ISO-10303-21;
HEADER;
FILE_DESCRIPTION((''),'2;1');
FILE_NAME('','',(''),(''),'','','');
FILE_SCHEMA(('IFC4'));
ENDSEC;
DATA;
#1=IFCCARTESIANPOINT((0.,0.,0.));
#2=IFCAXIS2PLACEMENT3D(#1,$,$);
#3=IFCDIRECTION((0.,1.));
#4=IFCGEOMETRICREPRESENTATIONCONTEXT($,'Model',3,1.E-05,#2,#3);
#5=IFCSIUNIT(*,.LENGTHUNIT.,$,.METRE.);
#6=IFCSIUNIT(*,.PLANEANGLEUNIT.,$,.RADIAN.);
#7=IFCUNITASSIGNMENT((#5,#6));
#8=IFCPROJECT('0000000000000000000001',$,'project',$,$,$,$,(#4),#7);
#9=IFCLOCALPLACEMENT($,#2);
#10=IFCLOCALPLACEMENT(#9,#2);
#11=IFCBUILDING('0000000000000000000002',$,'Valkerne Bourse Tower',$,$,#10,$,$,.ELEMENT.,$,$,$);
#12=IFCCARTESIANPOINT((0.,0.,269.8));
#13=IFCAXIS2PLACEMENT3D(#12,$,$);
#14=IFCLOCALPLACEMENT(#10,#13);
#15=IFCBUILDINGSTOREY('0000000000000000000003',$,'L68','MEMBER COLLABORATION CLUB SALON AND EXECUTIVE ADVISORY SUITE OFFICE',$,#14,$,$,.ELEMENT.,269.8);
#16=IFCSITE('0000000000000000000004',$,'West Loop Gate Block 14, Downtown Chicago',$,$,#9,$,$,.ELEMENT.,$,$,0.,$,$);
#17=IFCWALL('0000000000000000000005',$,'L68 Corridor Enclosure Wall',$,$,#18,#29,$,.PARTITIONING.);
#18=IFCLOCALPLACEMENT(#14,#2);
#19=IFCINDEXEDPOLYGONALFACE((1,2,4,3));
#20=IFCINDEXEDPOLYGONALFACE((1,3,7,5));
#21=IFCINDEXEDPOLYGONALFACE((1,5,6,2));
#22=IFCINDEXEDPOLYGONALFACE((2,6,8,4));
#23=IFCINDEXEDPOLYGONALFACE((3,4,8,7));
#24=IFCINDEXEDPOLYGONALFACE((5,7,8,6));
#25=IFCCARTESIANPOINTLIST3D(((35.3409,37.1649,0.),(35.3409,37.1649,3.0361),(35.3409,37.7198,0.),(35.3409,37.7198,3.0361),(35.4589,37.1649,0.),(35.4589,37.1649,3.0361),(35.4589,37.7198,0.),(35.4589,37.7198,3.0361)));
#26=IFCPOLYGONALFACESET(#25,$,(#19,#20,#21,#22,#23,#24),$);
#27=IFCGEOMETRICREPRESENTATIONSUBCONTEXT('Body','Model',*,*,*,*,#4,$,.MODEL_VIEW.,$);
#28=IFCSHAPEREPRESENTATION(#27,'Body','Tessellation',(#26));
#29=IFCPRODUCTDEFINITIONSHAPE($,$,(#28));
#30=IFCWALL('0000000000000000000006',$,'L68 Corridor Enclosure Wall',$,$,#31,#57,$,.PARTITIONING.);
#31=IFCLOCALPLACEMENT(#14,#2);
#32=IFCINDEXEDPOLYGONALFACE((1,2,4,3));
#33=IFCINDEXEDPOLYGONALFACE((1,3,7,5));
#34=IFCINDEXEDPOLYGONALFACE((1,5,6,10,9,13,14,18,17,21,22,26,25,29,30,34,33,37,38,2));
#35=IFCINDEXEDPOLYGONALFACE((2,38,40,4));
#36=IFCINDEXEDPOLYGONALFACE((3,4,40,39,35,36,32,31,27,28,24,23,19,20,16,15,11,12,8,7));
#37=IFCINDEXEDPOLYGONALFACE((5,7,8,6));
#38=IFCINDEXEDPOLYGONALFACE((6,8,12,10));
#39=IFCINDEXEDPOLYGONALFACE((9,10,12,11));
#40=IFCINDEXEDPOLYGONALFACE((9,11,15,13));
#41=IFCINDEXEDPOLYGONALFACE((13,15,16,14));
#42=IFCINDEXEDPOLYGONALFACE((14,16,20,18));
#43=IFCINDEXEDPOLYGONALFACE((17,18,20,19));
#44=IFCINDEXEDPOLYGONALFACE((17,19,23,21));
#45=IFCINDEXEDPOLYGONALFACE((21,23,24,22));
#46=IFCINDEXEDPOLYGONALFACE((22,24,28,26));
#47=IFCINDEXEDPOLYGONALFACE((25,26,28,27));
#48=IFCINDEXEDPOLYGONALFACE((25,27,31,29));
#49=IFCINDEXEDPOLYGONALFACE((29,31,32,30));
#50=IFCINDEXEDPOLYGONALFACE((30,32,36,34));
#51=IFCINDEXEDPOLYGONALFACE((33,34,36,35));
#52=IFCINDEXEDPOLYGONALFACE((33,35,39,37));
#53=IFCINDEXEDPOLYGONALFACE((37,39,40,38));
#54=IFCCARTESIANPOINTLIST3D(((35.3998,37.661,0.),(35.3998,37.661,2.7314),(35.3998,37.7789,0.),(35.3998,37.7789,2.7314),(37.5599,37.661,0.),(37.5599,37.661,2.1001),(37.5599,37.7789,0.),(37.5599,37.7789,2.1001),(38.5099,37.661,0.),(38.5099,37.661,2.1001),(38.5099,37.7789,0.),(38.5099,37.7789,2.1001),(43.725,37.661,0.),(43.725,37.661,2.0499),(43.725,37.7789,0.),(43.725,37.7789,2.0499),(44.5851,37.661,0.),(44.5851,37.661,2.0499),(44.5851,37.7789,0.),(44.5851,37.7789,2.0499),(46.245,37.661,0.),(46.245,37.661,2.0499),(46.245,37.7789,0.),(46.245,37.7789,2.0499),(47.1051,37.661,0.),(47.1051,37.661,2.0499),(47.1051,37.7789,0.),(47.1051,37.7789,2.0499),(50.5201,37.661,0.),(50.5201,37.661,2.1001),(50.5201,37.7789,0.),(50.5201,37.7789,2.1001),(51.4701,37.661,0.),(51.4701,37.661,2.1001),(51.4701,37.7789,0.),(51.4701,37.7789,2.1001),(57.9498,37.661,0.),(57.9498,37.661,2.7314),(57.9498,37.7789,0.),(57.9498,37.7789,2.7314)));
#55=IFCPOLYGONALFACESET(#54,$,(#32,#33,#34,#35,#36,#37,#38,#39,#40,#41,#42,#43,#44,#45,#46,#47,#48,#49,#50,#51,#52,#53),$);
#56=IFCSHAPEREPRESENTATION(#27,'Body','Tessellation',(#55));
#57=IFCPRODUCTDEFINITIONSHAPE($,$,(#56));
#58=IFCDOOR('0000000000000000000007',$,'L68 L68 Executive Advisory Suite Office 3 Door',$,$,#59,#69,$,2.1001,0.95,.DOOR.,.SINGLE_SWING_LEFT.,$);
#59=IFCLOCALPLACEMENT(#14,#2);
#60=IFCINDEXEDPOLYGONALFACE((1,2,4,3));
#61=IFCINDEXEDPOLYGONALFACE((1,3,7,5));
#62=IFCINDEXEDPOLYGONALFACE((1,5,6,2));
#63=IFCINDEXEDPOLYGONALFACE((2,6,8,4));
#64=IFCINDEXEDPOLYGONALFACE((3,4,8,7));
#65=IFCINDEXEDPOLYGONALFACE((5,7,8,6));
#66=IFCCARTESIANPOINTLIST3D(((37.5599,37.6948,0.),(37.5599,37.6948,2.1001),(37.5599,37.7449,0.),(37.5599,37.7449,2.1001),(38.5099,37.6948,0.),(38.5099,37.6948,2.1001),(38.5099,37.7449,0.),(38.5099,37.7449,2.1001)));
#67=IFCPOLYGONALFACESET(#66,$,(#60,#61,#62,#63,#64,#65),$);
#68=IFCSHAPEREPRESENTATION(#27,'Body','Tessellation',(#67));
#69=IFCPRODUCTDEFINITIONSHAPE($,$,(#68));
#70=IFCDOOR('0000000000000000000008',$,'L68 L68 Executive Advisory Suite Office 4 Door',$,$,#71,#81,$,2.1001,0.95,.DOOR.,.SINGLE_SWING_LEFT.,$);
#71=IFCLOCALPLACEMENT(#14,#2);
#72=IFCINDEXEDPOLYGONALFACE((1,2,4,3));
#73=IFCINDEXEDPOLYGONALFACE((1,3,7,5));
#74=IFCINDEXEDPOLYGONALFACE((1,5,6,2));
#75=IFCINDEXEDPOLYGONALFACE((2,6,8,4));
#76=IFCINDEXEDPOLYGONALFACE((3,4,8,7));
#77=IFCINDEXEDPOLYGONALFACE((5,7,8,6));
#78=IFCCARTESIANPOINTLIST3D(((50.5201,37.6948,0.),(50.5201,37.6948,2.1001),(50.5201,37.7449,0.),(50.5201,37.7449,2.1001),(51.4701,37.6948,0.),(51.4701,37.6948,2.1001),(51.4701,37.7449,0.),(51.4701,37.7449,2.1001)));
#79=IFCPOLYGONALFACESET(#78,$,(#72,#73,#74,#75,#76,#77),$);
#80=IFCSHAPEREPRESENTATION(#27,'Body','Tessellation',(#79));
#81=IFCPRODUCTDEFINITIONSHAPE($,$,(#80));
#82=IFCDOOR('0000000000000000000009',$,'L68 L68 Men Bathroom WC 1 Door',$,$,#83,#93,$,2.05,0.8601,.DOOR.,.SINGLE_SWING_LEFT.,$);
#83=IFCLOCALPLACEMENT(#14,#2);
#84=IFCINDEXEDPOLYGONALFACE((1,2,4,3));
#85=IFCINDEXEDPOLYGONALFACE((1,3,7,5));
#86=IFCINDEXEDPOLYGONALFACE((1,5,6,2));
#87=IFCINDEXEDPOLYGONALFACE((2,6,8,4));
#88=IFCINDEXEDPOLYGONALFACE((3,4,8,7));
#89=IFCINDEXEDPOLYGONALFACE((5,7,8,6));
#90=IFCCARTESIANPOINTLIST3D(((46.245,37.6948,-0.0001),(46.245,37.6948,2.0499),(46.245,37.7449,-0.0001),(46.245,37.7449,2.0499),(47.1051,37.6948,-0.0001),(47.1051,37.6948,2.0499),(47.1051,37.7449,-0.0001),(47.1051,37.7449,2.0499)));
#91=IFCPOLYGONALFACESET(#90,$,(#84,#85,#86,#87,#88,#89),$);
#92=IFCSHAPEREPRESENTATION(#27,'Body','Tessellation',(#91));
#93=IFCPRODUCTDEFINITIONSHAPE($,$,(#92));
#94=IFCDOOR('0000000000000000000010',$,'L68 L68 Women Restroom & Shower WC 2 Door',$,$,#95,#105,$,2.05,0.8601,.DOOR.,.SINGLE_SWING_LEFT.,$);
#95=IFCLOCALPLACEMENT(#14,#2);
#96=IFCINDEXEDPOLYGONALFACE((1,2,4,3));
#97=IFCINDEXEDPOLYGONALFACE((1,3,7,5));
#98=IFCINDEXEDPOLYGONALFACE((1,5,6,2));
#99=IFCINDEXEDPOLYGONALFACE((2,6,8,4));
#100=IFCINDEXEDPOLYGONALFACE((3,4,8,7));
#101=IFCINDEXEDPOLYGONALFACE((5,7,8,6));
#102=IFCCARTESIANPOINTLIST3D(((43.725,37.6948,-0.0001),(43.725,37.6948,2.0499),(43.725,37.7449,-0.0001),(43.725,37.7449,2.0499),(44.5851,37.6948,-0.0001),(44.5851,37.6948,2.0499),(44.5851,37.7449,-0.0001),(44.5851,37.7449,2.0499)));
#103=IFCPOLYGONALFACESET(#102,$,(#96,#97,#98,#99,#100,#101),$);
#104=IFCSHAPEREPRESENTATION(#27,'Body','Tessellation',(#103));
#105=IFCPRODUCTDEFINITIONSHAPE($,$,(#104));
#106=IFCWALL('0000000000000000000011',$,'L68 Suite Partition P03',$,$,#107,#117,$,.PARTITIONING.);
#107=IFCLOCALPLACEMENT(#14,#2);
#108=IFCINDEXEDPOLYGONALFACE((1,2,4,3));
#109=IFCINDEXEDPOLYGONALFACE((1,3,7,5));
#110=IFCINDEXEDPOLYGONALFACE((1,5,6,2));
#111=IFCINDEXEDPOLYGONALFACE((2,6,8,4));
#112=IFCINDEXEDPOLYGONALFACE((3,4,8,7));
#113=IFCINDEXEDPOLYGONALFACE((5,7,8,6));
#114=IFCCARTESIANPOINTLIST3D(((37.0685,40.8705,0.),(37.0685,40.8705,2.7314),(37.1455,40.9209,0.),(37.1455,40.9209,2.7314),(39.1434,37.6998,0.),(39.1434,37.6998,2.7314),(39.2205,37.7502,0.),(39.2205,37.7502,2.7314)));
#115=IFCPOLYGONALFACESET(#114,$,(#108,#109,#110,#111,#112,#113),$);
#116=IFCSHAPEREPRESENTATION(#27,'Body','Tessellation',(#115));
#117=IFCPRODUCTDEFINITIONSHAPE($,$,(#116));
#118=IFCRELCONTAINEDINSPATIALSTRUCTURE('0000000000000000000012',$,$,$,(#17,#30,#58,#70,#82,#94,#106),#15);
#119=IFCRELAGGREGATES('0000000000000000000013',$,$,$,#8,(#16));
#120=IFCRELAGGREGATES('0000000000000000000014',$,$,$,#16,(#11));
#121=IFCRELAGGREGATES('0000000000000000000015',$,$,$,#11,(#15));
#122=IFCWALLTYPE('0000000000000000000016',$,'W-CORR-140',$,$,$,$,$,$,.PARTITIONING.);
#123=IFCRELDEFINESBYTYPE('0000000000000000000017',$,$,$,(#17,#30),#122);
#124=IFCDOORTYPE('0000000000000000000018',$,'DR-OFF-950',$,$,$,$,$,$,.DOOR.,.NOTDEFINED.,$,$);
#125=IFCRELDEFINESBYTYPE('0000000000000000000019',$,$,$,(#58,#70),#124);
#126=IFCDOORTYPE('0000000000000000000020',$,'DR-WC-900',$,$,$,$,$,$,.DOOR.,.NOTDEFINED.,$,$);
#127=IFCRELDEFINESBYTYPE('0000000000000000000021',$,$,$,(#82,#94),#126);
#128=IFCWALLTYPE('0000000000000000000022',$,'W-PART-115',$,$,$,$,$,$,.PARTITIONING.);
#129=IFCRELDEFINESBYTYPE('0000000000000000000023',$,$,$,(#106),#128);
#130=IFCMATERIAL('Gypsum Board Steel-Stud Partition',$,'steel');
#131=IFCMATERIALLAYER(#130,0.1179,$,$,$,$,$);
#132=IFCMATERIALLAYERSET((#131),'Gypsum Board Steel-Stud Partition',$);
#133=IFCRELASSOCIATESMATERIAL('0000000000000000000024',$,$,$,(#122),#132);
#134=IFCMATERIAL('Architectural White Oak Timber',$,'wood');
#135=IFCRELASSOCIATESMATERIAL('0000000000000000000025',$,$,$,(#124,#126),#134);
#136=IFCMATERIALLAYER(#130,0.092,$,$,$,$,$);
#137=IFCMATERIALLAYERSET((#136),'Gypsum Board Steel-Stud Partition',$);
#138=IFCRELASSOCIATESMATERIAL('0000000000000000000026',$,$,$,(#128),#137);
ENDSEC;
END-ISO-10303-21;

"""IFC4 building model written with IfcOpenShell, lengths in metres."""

from ifc_helpers import new_model, si_unit, direction, frame, frame_2d, origin, place, context, subcontext, project, spatial, rectangle, extrude, material, layer, layer_set, type_object, element, fill, save


model = new_model("IFC4")

# Units and contexts
model_context = context("Model", 3, precision=1e-05, world=origin(), true_north=direction((0.0, 1.0)))
body_context = subcontext(model_context, "Body", "Model", "MODEL_VIEW")
ifc_project = project(units=[si_unit("LENGTHUNIT", "METRE"), si_unit("PLANEANGLEUNIT", "RADIAN")], contexts=[model_context])

# Site, building, storey
site_placement = place(None, origin())
site = spatial("IfcSite", under=ifc_project, at=site_placement, Name="West Loop Gate Block 14, Downtown Chicago", CompositionType="ELEMENT", RefElevation=0.0)
building_placement = place(site_placement, origin())
building = spatial("IfcBuilding", under=site, at=building_placement, Name="Valkerne Bourse Tower", CompositionType="ELEMENT")
storey_placement = place(building_placement, frame((0.0, 0.0, 269.8)))
storey = spatial("IfcBuildingStorey", under=building, at=storey_placement, Name="L68", Description="MEMBER COLLABORATION CLUB SALON AND EXECUTIVE ADVISORY SUITE OFFICE", CompositionType="ELEMENT", Elevation=269.8)

# Wall
ifc_material_1 = material(Name="Gypsum Board Steel-Stud Partition", Category="steel")
ifc_layer_1 = layer(ifc_material_1, 0.1179)
ifc_layer_set_1 = layer_set([ifc_layer_1], Name="Gypsum Board Steel-Stud Partition")
wall_type_1 = type_object("IfcWallType", Name="W-CORR-140", PredefinedType="PARTITIONING", material=ifc_layer_set_1)
wall_1_placement = place(storey_placement, frame((35.3999, 37.165, 0.0), z_axis=(0.0, 0.0, 1.0), x_axis=(0.0, 1.0, 0.0)))
element("IfcWall", 1, at=wall_1_placement, inside=storey, type_object=wall_type_1, Name="L68 Corridor Enclosure Wall", PredefinedType="PARTITIONING", context=body_context, shape_type="SweptSolid", body=[
    extrude(rectangle(XDim=0.5549, YDim=0.1179, at=frame_2d((0.2773, 0.0))), origin(), (0.0, 0.0, 1.0), 3.0361),
])

# Wall, openings, doors
wall_2_placement = place(storey_placement, frame((35.3999, 37.72, 0.0), z_axis=(0.0, 0.0, 1.0), x_axis=(1.0, 0.0, 0.0)))
wall_2 = element("IfcWall", 2, at=wall_2_placement, inside=storey, type_object=wall_type_1, Name="L68 Corridor Enclosure Wall", PredefinedType="PARTITIONING", context=body_context, shape_type="SweptSolid", body=[
    extrude(rectangle(XDim=22.55, YDim=0.1179, at=frame_2d((11.2749, 0.0))), origin(), (0.0, 0.0, 1.0), 2.7314),
])
opening_1_placement = place(wall_2_placement, frame((10.845, 0.0, 0.0)))
opening_1 = element("IfcOpeningElement", 3, at=opening_1_placement, cuts=wall_2, PredefinedType="OPENING", context=body_context, shape_type="SweptSolid", body=[
    extrude(rectangle(XDim=0.8601, YDim=2.05, at=frame_2d((0.4302, 1.0249))), frame((0.0, 0.0688, 0.0), z_axis=(0.0, -1.0, 0.0), x_axis=(1.0, 0.0, 0.0)), (0.0, 0.0, 1.0), 0.1379),
])
opening_2_placement = place(wall_2_placement, frame((8.325, 0.0, 0.0)))
opening_2 = element("IfcOpeningElement", 4, at=opening_2_placement, cuts=wall_2, PredefinedType="OPENING", context=body_context, shape_type="SweptSolid", body=[
    extrude(rectangle(XDim=0.8601, YDim=2.05, at=frame_2d((0.4302, 1.0249))), frame((0.0, 0.0688, 0.0), z_axis=(0.0, -1.0, 0.0), x_axis=(1.0, 0.0, 0.0)), (0.0, 0.0, 1.0), 0.1379),
])
opening_3_placement = place(wall_2_placement, frame((2.1599, 0.0, 0.0)))
opening_3 = element("IfcOpeningElement", 5, at=opening_3_placement, cuts=wall_2, PredefinedType="OPENING", context=body_context, shape_type="SweptSolid", body=[
    extrude(rectangle(XDim=0.95, YDim=2.1001, at=frame_2d((0.4751, 1.05))), frame((0.0, 0.0688, 0.0), z_axis=(0.0, -1.0, 0.0), x_axis=(1.0, 0.0, 0.0)), (0.0, 0.0, 1.0), 0.1379),
])
opening_4_placement = place(wall_2_placement, frame((15.1201, 0.0, 0.0)))
opening_4 = element("IfcOpeningElement", 6, at=opening_4_placement, cuts=wall_2, PredefinedType="OPENING", context=body_context, shape_type="SweptSolid", body=[
    extrude(rectangle(XDim=0.95, YDim=2.1001, at=frame_2d((0.4751, 1.05))), frame((0.0, 0.0688, 0.0), z_axis=(0.0, -1.0, 0.0), x_axis=(1.0, 0.0, 0.0)), (0.0, 0.0, 1.0), 0.1379),
])
ifc_material_2 = material(Name="Architectural White Oak Timber", Category="wood")
door_type_1 = type_object("IfcDoorType", Name="DR-OFF-950", OperationType="NOTDEFINED", PredefinedType="DOOR", material=ifc_material_2)
door_1_placement = place(opening_3_placement, origin())
door_1 = element("IfcDoor", 7, at=door_1_placement, inside=storey, type_object=door_type_1, Name="L68 L68 Executive Advisory Suite Office 3 Door", OperationType="SINGLE_SWING_LEFT", OverallHeight=2.1001, OverallWidth=0.95, PredefinedType="DOOR", context=body_context, shape_type="SweptSolid", body=[
    extrude(rectangle(XDim=0.95, YDim=2.1001, at=frame_2d((0.4751, 1.05))), frame((0.0, 0.0249, 0.0), z_axis=(0.0, -1.0, 0.0), x_axis=(1.0, 0.0, 0.0)), (0.0, 0.0, 1.0), 0.05),
])
fill(opening_3, door_1)
door_2_placement = place(opening_4_placement, origin())
door_2 = element("IfcDoor", 8, at=door_2_placement, inside=storey, type_object=door_type_1, Name="L68 L68 Executive Advisory Suite Office 4 Door", OperationType="SINGLE_SWING_LEFT", OverallHeight=2.1001, OverallWidth=0.95, PredefinedType="DOOR", context=body_context, shape_type="SweptSolid", body=[
    extrude(rectangle(XDim=0.95, YDim=2.1001, at=frame_2d((0.4751, 1.05))), frame((0.0, 0.0249, 0.0), z_axis=(0.0, -1.0, 0.0), x_axis=(1.0, 0.0, 0.0)), (0.0, 0.0, 1.0), 0.05),
])
fill(opening_4, door_2)
door_type_2 = type_object("IfcDoorType", Name="DR-WC-900", OperationType="NOTDEFINED", PredefinedType="DOOR", material=ifc_material_2)
door_3_placement = place(opening_1_placement, origin())
door_3 = element("IfcDoor", 9, at=door_3_placement, inside=storey, type_object=door_type_2, Name="L68 L68 Men Bathroom WC 1 Door", OperationType="SINGLE_SWING_LEFT", OverallHeight=2.05, OverallWidth=0.8601, PredefinedType="DOOR", context=body_context, shape_type="SweptSolid", body=[
    extrude(rectangle(XDim=0.8601, YDim=2.05, at=frame_2d((0.4302, 1.0249))), frame((0.0, 0.0249, 0.0), z_axis=(0.0, -1.0, 0.0), x_axis=(1.0, 0.0, 0.0)), (0.0, 0.0, 1.0), 0.05),
])
fill(opening_1, door_3)
door_4_placement = place(opening_2_placement, origin())
door_4 = element("IfcDoor", 10, at=door_4_placement, inside=storey, type_object=door_type_2, Name="L68 L68 Women Restroom & Shower WC 2 Door", OperationType="SINGLE_SWING_LEFT", OverallHeight=2.05, OverallWidth=0.8601, PredefinedType="DOOR", context=body_context, shape_type="SweptSolid", body=[
    extrude(rectangle(XDim=0.8601, YDim=2.05, at=frame_2d((0.4302, 1.0249))), frame((0.0, 0.0249, 0.0), z_axis=(0.0, -1.0, 0.0), x_axis=(1.0, 0.0, 0.0)), (0.0, 0.0, 1.0), 0.05),
])
fill(opening_2, door_4)

# Wall
ifc_layer_2 = layer(ifc_material_1, 0.092)
ifc_layer_set_2 = layer_set([ifc_layer_2], Name="Gypsum Board Steel-Stud Partition")
wall_type_2 = type_object("IfcWallType", Name="W-PART-115", PredefinedType="PARTITIONING", material=ifc_layer_set_2)
wall_3_placement = place(storey_placement, frame((39.1819, 37.7251, 0.0), z_axis=(0.0, 0.0, 1.0), x_axis=(-0.547588, 0.836748, 0.0)))
element("IfcWall", 11, at=wall_3_placement, inside=storey, type_object=wall_type_2, Name="L68 Suite Partition P03", PredefinedType="PARTITIONING", context=body_context, shape_type="SweptSolid", body=[
    extrude(rectangle(XDim=3.7893, YDim=0.092, at=frame_2d((1.8945, 0.0))), origin(), (0.0, 0.0, 1.0), 2.7314),
])

save(model, "model.ifc")
